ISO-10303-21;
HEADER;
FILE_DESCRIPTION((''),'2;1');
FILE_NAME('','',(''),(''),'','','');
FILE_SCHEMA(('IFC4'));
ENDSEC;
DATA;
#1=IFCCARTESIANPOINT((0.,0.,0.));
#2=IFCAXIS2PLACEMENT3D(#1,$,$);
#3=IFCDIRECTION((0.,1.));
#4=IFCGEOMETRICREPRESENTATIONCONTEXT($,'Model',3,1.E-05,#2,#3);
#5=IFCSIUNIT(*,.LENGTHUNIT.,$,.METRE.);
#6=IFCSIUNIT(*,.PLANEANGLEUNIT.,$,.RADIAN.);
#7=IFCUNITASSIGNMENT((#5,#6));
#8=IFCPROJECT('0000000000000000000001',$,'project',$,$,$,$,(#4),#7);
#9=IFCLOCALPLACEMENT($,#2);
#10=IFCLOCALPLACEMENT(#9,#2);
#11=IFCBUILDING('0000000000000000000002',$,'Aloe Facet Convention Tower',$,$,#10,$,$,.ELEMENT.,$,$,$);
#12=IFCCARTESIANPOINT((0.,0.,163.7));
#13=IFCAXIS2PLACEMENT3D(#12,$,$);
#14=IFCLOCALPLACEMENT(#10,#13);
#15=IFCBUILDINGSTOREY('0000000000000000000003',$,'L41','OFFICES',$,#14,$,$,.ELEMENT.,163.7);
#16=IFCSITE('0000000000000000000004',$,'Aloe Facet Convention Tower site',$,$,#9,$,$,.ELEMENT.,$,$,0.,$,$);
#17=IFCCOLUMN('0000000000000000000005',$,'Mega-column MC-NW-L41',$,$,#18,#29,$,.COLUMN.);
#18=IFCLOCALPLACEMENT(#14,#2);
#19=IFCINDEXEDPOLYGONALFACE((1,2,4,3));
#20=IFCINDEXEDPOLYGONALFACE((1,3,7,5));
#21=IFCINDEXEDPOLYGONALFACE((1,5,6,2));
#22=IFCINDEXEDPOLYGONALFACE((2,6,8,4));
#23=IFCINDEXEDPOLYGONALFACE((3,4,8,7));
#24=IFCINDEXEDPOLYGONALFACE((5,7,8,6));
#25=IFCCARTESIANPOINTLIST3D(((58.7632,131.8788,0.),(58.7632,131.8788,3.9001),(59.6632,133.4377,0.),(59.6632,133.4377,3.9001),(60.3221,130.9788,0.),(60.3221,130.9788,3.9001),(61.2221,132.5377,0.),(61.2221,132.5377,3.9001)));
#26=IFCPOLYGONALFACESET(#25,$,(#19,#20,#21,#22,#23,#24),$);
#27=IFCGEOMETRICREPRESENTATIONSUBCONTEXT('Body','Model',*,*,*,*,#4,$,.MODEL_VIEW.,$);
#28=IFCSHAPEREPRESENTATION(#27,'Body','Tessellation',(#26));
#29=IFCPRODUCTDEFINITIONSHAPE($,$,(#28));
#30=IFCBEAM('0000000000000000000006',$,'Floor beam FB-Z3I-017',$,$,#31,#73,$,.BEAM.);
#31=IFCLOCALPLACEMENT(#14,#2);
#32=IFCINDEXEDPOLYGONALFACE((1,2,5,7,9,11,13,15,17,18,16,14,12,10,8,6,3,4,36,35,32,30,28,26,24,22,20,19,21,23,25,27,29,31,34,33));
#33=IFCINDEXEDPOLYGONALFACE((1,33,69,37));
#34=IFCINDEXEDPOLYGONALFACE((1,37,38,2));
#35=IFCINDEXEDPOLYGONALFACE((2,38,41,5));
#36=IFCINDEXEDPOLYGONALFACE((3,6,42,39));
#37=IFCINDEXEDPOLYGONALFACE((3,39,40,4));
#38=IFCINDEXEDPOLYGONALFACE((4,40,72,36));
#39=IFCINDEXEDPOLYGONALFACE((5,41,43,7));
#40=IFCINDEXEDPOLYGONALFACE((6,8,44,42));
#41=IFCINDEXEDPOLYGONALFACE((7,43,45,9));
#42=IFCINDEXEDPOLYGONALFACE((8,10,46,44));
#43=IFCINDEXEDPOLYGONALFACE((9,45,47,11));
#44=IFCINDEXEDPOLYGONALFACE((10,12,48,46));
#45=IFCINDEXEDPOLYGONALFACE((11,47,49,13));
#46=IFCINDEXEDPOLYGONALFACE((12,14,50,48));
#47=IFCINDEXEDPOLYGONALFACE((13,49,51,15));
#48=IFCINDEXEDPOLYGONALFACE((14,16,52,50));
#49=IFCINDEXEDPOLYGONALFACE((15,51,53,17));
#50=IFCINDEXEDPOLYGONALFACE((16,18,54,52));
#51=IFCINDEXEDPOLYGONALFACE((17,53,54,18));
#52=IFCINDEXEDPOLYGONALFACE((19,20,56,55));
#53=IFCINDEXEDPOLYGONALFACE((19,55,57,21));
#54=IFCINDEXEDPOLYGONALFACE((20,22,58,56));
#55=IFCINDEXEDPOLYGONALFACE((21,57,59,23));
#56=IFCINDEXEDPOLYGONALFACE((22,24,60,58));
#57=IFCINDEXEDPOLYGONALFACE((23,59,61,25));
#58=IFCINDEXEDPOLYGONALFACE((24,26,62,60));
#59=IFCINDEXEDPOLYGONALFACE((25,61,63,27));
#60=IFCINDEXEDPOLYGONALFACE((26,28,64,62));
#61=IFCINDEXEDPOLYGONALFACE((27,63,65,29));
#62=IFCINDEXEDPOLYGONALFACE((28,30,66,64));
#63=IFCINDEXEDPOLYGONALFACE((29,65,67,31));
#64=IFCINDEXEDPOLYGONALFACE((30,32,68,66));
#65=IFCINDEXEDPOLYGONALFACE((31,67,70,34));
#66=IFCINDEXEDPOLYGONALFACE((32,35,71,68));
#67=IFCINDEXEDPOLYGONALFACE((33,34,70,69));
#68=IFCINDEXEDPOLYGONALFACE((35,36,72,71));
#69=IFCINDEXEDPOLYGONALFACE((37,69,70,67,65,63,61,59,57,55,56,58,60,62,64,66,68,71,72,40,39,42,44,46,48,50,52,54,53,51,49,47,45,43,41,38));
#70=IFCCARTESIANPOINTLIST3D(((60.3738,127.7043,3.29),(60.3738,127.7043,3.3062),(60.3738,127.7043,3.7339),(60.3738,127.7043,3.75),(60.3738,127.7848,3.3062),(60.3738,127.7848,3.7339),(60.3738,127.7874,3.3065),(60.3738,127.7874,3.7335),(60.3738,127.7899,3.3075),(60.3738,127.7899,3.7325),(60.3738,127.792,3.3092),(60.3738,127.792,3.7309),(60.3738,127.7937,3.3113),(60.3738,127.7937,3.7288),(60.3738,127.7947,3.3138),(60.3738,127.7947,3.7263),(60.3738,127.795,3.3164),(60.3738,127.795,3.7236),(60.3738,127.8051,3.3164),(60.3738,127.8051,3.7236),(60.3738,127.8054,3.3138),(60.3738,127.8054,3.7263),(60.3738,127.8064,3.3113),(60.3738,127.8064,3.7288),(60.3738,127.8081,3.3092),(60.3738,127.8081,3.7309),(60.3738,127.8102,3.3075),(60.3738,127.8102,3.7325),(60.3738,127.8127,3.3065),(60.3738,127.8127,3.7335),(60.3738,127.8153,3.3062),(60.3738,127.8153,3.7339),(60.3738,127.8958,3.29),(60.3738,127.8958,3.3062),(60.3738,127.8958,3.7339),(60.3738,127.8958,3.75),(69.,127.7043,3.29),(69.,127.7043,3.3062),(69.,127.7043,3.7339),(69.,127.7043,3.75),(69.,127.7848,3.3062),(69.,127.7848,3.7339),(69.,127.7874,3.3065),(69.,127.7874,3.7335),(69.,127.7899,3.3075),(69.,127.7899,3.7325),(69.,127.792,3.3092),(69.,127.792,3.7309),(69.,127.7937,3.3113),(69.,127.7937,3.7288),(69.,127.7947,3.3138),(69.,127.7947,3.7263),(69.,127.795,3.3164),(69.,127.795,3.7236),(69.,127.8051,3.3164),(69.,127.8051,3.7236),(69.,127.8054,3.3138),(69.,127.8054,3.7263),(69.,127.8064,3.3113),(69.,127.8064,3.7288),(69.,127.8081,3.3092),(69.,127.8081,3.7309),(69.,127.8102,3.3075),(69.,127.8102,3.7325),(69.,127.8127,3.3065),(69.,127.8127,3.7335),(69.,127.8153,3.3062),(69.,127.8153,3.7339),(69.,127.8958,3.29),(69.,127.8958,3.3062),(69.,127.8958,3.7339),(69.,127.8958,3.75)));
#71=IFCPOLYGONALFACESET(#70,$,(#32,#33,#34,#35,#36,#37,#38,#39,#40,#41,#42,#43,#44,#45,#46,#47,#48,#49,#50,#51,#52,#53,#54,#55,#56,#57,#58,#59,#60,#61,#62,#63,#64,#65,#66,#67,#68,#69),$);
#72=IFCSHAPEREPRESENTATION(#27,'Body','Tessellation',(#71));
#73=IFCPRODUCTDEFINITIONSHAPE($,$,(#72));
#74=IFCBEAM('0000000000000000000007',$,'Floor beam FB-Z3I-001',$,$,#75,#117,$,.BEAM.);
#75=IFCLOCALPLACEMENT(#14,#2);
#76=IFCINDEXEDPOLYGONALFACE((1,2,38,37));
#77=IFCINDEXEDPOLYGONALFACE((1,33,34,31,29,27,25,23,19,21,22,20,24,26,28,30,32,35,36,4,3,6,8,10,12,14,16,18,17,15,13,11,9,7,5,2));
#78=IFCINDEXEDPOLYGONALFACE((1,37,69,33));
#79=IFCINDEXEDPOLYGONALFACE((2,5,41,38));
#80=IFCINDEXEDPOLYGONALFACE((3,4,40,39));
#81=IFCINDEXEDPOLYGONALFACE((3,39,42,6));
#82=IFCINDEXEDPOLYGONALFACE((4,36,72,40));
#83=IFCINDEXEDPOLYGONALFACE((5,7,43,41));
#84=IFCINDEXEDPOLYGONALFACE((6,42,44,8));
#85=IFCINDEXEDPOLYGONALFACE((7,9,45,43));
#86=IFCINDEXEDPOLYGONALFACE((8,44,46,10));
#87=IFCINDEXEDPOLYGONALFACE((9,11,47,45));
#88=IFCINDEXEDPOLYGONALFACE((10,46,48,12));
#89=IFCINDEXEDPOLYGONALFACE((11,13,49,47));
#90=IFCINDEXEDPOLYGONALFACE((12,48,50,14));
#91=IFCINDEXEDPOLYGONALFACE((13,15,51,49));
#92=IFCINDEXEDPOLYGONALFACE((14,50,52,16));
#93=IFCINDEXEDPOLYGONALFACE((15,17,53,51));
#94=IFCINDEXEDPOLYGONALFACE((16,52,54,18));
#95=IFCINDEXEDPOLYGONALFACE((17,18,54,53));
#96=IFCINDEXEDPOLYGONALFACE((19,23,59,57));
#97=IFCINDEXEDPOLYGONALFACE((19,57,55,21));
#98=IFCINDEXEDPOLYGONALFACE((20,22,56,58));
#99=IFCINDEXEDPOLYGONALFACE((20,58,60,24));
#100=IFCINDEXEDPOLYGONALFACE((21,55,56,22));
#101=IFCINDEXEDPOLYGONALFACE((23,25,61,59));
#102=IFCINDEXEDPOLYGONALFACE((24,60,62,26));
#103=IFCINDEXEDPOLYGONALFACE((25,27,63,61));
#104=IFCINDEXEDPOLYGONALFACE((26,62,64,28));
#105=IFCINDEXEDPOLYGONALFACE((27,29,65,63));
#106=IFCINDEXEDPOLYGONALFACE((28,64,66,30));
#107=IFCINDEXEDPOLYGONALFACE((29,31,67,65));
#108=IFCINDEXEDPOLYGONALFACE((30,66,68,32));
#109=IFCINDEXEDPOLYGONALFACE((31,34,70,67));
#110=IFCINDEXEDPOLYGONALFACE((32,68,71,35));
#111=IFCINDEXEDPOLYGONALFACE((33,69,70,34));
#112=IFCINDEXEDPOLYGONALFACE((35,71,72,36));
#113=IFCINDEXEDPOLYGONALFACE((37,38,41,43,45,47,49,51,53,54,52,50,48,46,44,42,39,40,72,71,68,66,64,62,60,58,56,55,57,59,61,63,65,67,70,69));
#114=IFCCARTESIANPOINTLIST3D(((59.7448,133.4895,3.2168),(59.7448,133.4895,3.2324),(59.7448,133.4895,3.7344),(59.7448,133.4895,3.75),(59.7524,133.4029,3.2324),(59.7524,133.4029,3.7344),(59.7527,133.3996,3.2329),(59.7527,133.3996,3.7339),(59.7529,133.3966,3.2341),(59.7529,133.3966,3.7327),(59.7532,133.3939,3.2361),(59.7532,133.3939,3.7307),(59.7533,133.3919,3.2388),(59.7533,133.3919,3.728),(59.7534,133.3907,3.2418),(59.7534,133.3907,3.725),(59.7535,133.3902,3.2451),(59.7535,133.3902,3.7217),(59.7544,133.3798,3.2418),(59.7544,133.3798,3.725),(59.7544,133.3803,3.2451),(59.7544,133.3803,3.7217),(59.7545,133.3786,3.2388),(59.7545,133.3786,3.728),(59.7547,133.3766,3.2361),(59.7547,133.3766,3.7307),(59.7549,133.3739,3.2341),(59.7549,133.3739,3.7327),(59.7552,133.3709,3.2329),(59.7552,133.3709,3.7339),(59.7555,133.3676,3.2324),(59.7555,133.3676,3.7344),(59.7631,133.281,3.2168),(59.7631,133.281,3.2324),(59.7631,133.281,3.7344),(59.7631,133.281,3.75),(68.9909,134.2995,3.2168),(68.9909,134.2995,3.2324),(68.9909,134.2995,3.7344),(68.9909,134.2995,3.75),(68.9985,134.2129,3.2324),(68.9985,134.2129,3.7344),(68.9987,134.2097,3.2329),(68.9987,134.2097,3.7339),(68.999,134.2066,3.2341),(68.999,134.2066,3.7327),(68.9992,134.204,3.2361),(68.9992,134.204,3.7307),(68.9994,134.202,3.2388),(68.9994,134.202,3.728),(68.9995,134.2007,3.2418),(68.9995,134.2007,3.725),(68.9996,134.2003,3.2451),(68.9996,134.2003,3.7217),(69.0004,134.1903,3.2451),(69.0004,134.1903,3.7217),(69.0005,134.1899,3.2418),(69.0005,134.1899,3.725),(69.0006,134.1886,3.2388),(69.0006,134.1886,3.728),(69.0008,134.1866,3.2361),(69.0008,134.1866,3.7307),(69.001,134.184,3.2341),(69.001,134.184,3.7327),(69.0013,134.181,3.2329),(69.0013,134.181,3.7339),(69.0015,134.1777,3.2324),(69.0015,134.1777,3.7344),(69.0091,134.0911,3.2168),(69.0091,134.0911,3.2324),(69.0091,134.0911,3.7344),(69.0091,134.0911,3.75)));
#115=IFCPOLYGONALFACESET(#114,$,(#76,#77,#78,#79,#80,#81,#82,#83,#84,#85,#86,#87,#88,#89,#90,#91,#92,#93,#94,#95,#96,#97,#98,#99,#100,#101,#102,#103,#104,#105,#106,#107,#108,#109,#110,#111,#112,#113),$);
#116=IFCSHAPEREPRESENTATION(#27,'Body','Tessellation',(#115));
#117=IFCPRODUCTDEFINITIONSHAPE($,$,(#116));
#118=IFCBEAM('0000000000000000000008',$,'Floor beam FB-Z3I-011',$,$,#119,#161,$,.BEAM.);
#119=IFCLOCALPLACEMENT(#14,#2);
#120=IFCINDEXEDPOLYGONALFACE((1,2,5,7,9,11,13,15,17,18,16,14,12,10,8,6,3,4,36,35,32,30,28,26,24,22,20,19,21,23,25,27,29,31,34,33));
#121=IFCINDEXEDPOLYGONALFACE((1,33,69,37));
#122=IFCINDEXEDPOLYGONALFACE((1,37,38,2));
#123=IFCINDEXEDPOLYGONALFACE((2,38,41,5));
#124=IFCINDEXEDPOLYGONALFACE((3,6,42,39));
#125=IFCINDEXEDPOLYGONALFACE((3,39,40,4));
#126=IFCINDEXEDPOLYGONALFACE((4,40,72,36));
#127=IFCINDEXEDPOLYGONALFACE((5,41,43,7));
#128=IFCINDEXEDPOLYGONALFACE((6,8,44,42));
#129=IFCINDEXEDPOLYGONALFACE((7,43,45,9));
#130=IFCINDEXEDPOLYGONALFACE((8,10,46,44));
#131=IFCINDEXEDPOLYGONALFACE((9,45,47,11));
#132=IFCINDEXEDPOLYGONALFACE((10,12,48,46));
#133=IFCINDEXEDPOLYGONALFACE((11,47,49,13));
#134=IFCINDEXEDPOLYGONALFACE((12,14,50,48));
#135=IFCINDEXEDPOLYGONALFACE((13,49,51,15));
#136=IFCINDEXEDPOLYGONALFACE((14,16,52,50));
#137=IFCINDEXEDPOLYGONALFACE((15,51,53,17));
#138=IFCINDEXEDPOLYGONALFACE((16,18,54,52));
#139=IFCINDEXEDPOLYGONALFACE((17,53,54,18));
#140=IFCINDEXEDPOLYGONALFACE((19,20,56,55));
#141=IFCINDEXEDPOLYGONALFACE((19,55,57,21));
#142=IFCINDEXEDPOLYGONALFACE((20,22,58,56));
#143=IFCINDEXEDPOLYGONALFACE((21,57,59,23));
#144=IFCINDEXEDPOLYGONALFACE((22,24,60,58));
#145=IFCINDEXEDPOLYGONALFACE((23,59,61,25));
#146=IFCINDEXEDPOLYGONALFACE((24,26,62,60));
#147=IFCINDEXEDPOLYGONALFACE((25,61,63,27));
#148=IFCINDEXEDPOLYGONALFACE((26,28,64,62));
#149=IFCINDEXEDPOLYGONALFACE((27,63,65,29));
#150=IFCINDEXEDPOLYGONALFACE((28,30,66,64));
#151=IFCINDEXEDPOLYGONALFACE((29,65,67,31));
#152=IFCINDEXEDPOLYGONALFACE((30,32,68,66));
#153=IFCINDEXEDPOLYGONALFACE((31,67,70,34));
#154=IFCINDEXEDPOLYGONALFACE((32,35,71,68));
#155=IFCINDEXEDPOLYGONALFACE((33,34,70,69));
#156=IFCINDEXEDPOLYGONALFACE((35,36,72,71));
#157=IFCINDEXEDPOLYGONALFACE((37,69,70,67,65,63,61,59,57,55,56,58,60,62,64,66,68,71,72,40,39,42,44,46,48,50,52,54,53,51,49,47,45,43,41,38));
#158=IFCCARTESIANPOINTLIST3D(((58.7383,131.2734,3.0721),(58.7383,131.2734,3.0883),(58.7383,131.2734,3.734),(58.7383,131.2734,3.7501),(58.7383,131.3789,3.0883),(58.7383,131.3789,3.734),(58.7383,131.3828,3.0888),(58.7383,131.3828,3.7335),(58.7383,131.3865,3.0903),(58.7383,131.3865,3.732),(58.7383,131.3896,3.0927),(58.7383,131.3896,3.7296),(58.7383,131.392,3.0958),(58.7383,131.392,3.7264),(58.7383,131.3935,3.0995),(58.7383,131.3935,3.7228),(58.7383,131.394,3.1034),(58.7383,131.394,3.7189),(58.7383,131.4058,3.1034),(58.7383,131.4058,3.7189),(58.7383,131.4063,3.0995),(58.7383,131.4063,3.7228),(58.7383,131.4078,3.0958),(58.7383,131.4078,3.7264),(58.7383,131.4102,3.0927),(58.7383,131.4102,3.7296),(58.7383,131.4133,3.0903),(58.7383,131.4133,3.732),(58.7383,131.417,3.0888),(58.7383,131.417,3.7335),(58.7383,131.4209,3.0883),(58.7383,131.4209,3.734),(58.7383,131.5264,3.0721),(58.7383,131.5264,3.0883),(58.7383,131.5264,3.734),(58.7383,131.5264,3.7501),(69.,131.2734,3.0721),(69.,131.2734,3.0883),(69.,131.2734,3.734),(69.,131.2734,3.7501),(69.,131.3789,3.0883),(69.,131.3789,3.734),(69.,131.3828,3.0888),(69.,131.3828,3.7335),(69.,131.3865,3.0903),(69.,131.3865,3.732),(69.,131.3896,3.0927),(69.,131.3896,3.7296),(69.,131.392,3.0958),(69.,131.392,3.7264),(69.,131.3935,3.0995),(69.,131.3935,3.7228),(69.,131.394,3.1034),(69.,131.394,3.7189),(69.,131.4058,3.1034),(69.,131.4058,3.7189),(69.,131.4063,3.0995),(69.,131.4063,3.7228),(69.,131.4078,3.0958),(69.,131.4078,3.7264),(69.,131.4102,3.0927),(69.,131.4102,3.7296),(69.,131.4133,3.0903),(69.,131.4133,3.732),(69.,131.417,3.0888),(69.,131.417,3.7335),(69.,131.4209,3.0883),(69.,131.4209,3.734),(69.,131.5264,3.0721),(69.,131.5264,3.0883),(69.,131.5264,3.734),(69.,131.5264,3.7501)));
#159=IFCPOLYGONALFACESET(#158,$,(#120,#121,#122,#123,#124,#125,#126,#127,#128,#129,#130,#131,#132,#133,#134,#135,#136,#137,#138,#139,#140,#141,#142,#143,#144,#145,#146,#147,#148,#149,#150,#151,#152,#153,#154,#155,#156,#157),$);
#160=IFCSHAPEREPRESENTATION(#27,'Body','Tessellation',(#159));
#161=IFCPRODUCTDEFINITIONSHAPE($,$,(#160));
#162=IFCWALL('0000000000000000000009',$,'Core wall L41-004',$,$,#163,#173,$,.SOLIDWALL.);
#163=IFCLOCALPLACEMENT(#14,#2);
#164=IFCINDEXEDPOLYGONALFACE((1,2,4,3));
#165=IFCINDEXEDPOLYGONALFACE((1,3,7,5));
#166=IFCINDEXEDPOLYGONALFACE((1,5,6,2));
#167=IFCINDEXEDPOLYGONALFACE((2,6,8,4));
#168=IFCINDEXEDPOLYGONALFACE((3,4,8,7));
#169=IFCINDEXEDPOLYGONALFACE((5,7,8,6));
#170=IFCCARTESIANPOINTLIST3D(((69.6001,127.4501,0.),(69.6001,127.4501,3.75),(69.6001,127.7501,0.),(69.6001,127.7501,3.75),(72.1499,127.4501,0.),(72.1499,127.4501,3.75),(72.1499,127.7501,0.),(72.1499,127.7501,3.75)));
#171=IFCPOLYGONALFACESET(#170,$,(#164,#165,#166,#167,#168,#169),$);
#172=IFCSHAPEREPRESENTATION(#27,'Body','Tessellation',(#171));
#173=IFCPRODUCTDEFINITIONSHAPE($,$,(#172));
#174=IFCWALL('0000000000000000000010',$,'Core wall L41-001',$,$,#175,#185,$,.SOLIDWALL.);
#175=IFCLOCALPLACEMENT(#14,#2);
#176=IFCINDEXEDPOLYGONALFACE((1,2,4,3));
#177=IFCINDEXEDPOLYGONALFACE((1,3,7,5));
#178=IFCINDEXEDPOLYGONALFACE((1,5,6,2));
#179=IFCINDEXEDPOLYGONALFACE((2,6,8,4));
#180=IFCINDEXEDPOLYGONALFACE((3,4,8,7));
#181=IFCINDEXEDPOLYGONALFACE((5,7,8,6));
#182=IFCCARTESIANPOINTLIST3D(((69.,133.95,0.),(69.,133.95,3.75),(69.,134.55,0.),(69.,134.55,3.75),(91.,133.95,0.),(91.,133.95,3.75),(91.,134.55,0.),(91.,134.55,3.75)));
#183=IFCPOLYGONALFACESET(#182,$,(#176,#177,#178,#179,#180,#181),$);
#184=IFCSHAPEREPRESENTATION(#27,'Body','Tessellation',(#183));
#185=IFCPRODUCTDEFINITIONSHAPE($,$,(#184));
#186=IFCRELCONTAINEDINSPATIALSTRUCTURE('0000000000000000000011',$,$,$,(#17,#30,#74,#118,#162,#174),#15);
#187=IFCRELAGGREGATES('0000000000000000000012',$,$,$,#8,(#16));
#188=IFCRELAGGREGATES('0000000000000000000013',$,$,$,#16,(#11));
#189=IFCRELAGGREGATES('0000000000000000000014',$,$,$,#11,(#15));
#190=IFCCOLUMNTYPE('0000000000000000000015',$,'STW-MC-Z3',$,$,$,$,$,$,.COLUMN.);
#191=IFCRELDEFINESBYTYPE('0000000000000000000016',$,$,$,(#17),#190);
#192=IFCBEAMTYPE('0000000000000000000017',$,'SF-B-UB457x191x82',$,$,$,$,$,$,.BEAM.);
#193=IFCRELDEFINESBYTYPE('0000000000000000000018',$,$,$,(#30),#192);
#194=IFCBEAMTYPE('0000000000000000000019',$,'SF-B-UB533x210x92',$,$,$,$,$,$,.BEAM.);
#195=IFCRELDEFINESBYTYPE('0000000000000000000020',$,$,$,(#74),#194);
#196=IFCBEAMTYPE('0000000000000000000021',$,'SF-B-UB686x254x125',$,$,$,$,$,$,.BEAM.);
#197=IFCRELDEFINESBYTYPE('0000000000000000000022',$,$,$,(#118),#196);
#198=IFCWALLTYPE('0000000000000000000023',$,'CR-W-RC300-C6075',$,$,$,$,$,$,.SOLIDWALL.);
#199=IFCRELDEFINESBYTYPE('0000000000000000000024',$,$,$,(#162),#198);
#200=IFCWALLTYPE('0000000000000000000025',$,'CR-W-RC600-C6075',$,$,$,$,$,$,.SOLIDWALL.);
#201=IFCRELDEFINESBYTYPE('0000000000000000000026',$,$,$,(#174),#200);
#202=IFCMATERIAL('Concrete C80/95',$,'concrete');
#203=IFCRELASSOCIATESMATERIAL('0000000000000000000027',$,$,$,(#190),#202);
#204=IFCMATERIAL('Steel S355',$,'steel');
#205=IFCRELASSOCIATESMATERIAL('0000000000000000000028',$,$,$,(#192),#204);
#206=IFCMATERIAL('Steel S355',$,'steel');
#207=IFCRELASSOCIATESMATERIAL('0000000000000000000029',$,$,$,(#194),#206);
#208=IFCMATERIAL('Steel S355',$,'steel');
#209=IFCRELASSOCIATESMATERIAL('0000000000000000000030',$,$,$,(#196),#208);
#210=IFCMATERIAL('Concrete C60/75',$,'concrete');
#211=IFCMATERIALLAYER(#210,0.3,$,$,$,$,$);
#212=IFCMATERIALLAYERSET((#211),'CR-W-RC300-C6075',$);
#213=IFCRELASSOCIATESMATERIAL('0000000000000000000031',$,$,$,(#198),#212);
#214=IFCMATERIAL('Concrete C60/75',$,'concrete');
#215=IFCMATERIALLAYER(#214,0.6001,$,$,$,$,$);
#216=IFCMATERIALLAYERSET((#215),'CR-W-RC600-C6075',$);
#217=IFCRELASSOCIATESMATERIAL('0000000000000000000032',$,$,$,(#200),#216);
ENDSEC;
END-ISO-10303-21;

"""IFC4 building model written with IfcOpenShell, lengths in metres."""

from ifc_helpers import new_model, si_unit, direction, frame, frame_2d, origin, origin_2d, place, context, subcontext, project, spatial, rectangle, i_section, extrude, material, layer, layer_set, material_profile, profile_set, type_object, element, save


model = new_model("IFC4")

# Units and contexts
model_context = context("Model", 3, precision=1e-05, world=origin(), true_north=direction((0.0, 1.0)))
body_context = subcontext(model_context, "Body", "Model", "MODEL_VIEW")
ifc_project = project(units=[si_unit("LENGTHUNIT", "METRE"), si_unit("PLANEANGLEUNIT", "RADIAN")], contexts=[model_context])

# Site, building, storey
site_placement = place(None, origin())
site = spatial("IfcSite", under=ifc_project, at=site_placement, Name="Aloe Facet Convention Tower site", CompositionType="ELEMENT", RefElevation=0.0)
building_placement = place(site_placement, origin())
building = spatial("IfcBuilding", under=site, at=building_placement, Name="Aloe Facet Convention Tower", CompositionType="ELEMENT")
storey_placement = place(building_placement, frame((0.0, 0.0, 163.7)))
storey = spatial("IfcBuildingStorey", under=building, at=storey_placement, Name="L41", Description="OFFICES", CompositionType="ELEMENT", Elevation=163.7)

# Column
ifc_material_1 = material(Name="Concrete C80/95", Category="concrete")
ifc_material_profile_1 = material_profile(ifc_material_1, rectangle(XDim=1.8, YDim=1.8, at=origin_2d()), Name="STW-MC-Z3")
ifc_profile_set_1 = profile_set([ifc_material_profile_1], Name="Concrete C80/95")
column_type = type_object("IfcColumnType", Name="STW-MC-Z3", PredefinedType="COLUMN", material=ifc_profile_set_1)
column_placement = place(storey_placement, frame((59.9927, 132.2083, 0.0), z_axis=(0.0, 0.0, 1.0), x_axis=(-0.5, -0.866025, 0.0)))
element("IfcColumn", 1, at=column_placement, inside=storey, type_object=column_type, Name="Mega-column MC-NW-L41", PredefinedType="COLUMN", context=body_context, shape_type="SweptSolid", body=[
    extrude(rectangle(XDim=1.8, YDim=1.8, at=origin_2d()), origin(), (0.0, 0.0, 1.0), 3.9001),
])

# Beams
ifc_material_2 = material(Name="Steel S355", Category="steel")
ifc_material_profile_2 = material_profile(ifc_material_2, i_section(OverallWidth=0.1914, OverallDepth=0.46, WebThickness=0.01, FlangeThickness=0.0161, FilletRadius=0.0103, at=origin_2d()), Name="UB 457x191x82")
ifc_profile_set_2 = profile_set([ifc_material_profile_2], Name="Steel S355")
beam_type_1 = type_object("IfcBeamType", Name="SF-B-UB457x191x82", PredefinedType="BEAM", material=ifc_profile_set_2)
beam_1_placement = place(storey_placement, frame((60.3738, 127.8, 3.52), z_axis=(1.0, 0.0, 0.0), x_axis=(0.0, 1.0, 0.0)))
element("IfcBeam", 2, at=beam_1_placement, inside=storey, type_object=beam_type_1, Name="Floor beam FB-Z3I-017", PredefinedType="BEAM", context=body_context, shape_type="SweptSolid", body=[
    extrude(i_section(OverallWidth=0.1914, OverallDepth=0.46, WebThickness=0.01, FlangeThickness=0.0161, FilletRadius=0.0103, at=origin_2d()), origin(), (0.0, 0.0, 1.0), 8.6262),
])
ifc_material_3 = material(Name="Steel S355", Category="steel")
ifc_material_profile_3 = material_profile(ifc_material_3, i_section(OverallWidth=0.2092, OverallDepth=0.5332, WebThickness=0.01, FlangeThickness=0.0156, FilletRadius=0.0127, at=origin_2d()), Name="UB 533x210x92")
ifc_profile_set_3 = profile_set([ifc_material_profile_3], Name="Steel S355")
beam_type_2 = type_object("IfcBeamType", Name="SF-B-UB533x210x92", PredefinedType="BEAM", material=ifc_profile_set_3)
beam_2_placement = place(storey_placement, frame((69.0, 134.1953, 3.4834), z_axis=(-0.996184, -0.087277, 0.0), x_axis=(0.087277, -0.996184, 0.0)))
element("IfcBeam", 3, at=beam_2_placement, inside=storey, type_object=beam_type_2, Name="Floor beam FB-Z3I-001", PredefinedType="BEAM", context=body_context, shape_type="SweptSolid", body=[
    extrude(i_section(OverallWidth=0.2092, OverallDepth=0.5332, WebThickness=0.01, FlangeThickness=0.0156, FilletRadius=0.0127, at=origin_2d()), origin(), (0.0, 0.0, 1.0), 9.2815),
])
ifc_material_4 = material(Name="Steel S355", Category="steel")
ifc_material_profile_4 = material_profile(ifc_material_4, i_section(OverallWidth=0.2529, OverallDepth=0.678, WebThickness=0.0117, FlangeThickness=0.0161, FilletRadius=0.0151, at=origin_2d()), Name="UB 686x254x125")
ifc_profile_set_4 = profile_set([ifc_material_profile_4], Name="Steel S355")
beam_type_3 = type_object("IfcBeamType", Name="SF-B-UB686x254x125", PredefinedType="BEAM", material=ifc_profile_set_4)
beam_3_placement = place(storey_placement, frame((58.7383, 131.3999, 3.4111), z_axis=(1.0, 0.0, 0.0), x_axis=(0.0, 1.0, 0.0)))
element("IfcBeam", 4, at=beam_3_placement, inside=storey, type_object=beam_type_3, Name="Floor beam FB-Z3I-011", PredefinedType="BEAM", context=body_context, shape_type="SweptSolid", body=[
    extrude(i_section(OverallWidth=0.2529, OverallDepth=0.678, WebThickness=0.0117, FlangeThickness=0.0161, FilletRadius=0.0151, at=origin_2d()), origin(), (0.0, 0.0, 1.0), 10.2617),
])

# Walls
ifc_material_5 = material(Name="Concrete C60/75", Category="concrete")
ifc_layer_1 = layer(ifc_material_5, 0.3)
ifc_layer_set_1 = layer_set([ifc_layer_1], Name="CR-W-RC300-C6075")
wall_type_1 = type_object("IfcWallType", Name="CR-W-RC300-C6075", PredefinedType="SOLIDWALL", material=ifc_layer_set_1)
wall_1_placement = place(storey_placement, frame((69.6001, 127.6001, 0.0), z_axis=(0.0, 0.0, 1.0), x_axis=(1.0, 0.0, 0.0)))
element("IfcWall", 5, at=wall_1_placement, inside=storey, type_object=wall_type_1, Name="Core wall L41-004", PredefinedType="SOLIDWALL", context=body_context, shape_type="SweptSolid", body=[
    extrude(rectangle(XDim=2.5498, YDim=0.3, at=frame_2d((1.2749, 0.0))), origin(), (0.0, 0.0, 1.0), 3.75),
])
ifc_material_6 = material(Name="Concrete C60/75", Category="concrete")
ifc_layer_2 = layer(ifc_material_6, 0.6001)
ifc_layer_set_2 = layer_set([ifc_layer_2], Name="CR-W-RC600-C6075")
wall_type_2 = type_object("IfcWallType", Name="CR-W-RC600-C6075", PredefinedType="SOLIDWALL", material=ifc_layer_set_2)
wall_2_placement = place(storey_placement, frame((69.0, 134.25, 0.0), z_axis=(0.0, 0.0, 1.0), x_axis=(1.0, 0.0, 0.0)))
element("IfcWall", 6, at=wall_2_placement, inside=storey, type_object=wall_type_2, Name="Core wall L41-001", PredefinedType="SOLIDWALL", context=body_context, shape_type="SweptSolid", body=[
    extrude(rectangle(XDim=22.0, YDim=0.6001, at=frame_2d((11.0, 0.0))), origin(), (0.0, 0.0, 1.0), 3.75),
])

save(model, "model.ifc")
